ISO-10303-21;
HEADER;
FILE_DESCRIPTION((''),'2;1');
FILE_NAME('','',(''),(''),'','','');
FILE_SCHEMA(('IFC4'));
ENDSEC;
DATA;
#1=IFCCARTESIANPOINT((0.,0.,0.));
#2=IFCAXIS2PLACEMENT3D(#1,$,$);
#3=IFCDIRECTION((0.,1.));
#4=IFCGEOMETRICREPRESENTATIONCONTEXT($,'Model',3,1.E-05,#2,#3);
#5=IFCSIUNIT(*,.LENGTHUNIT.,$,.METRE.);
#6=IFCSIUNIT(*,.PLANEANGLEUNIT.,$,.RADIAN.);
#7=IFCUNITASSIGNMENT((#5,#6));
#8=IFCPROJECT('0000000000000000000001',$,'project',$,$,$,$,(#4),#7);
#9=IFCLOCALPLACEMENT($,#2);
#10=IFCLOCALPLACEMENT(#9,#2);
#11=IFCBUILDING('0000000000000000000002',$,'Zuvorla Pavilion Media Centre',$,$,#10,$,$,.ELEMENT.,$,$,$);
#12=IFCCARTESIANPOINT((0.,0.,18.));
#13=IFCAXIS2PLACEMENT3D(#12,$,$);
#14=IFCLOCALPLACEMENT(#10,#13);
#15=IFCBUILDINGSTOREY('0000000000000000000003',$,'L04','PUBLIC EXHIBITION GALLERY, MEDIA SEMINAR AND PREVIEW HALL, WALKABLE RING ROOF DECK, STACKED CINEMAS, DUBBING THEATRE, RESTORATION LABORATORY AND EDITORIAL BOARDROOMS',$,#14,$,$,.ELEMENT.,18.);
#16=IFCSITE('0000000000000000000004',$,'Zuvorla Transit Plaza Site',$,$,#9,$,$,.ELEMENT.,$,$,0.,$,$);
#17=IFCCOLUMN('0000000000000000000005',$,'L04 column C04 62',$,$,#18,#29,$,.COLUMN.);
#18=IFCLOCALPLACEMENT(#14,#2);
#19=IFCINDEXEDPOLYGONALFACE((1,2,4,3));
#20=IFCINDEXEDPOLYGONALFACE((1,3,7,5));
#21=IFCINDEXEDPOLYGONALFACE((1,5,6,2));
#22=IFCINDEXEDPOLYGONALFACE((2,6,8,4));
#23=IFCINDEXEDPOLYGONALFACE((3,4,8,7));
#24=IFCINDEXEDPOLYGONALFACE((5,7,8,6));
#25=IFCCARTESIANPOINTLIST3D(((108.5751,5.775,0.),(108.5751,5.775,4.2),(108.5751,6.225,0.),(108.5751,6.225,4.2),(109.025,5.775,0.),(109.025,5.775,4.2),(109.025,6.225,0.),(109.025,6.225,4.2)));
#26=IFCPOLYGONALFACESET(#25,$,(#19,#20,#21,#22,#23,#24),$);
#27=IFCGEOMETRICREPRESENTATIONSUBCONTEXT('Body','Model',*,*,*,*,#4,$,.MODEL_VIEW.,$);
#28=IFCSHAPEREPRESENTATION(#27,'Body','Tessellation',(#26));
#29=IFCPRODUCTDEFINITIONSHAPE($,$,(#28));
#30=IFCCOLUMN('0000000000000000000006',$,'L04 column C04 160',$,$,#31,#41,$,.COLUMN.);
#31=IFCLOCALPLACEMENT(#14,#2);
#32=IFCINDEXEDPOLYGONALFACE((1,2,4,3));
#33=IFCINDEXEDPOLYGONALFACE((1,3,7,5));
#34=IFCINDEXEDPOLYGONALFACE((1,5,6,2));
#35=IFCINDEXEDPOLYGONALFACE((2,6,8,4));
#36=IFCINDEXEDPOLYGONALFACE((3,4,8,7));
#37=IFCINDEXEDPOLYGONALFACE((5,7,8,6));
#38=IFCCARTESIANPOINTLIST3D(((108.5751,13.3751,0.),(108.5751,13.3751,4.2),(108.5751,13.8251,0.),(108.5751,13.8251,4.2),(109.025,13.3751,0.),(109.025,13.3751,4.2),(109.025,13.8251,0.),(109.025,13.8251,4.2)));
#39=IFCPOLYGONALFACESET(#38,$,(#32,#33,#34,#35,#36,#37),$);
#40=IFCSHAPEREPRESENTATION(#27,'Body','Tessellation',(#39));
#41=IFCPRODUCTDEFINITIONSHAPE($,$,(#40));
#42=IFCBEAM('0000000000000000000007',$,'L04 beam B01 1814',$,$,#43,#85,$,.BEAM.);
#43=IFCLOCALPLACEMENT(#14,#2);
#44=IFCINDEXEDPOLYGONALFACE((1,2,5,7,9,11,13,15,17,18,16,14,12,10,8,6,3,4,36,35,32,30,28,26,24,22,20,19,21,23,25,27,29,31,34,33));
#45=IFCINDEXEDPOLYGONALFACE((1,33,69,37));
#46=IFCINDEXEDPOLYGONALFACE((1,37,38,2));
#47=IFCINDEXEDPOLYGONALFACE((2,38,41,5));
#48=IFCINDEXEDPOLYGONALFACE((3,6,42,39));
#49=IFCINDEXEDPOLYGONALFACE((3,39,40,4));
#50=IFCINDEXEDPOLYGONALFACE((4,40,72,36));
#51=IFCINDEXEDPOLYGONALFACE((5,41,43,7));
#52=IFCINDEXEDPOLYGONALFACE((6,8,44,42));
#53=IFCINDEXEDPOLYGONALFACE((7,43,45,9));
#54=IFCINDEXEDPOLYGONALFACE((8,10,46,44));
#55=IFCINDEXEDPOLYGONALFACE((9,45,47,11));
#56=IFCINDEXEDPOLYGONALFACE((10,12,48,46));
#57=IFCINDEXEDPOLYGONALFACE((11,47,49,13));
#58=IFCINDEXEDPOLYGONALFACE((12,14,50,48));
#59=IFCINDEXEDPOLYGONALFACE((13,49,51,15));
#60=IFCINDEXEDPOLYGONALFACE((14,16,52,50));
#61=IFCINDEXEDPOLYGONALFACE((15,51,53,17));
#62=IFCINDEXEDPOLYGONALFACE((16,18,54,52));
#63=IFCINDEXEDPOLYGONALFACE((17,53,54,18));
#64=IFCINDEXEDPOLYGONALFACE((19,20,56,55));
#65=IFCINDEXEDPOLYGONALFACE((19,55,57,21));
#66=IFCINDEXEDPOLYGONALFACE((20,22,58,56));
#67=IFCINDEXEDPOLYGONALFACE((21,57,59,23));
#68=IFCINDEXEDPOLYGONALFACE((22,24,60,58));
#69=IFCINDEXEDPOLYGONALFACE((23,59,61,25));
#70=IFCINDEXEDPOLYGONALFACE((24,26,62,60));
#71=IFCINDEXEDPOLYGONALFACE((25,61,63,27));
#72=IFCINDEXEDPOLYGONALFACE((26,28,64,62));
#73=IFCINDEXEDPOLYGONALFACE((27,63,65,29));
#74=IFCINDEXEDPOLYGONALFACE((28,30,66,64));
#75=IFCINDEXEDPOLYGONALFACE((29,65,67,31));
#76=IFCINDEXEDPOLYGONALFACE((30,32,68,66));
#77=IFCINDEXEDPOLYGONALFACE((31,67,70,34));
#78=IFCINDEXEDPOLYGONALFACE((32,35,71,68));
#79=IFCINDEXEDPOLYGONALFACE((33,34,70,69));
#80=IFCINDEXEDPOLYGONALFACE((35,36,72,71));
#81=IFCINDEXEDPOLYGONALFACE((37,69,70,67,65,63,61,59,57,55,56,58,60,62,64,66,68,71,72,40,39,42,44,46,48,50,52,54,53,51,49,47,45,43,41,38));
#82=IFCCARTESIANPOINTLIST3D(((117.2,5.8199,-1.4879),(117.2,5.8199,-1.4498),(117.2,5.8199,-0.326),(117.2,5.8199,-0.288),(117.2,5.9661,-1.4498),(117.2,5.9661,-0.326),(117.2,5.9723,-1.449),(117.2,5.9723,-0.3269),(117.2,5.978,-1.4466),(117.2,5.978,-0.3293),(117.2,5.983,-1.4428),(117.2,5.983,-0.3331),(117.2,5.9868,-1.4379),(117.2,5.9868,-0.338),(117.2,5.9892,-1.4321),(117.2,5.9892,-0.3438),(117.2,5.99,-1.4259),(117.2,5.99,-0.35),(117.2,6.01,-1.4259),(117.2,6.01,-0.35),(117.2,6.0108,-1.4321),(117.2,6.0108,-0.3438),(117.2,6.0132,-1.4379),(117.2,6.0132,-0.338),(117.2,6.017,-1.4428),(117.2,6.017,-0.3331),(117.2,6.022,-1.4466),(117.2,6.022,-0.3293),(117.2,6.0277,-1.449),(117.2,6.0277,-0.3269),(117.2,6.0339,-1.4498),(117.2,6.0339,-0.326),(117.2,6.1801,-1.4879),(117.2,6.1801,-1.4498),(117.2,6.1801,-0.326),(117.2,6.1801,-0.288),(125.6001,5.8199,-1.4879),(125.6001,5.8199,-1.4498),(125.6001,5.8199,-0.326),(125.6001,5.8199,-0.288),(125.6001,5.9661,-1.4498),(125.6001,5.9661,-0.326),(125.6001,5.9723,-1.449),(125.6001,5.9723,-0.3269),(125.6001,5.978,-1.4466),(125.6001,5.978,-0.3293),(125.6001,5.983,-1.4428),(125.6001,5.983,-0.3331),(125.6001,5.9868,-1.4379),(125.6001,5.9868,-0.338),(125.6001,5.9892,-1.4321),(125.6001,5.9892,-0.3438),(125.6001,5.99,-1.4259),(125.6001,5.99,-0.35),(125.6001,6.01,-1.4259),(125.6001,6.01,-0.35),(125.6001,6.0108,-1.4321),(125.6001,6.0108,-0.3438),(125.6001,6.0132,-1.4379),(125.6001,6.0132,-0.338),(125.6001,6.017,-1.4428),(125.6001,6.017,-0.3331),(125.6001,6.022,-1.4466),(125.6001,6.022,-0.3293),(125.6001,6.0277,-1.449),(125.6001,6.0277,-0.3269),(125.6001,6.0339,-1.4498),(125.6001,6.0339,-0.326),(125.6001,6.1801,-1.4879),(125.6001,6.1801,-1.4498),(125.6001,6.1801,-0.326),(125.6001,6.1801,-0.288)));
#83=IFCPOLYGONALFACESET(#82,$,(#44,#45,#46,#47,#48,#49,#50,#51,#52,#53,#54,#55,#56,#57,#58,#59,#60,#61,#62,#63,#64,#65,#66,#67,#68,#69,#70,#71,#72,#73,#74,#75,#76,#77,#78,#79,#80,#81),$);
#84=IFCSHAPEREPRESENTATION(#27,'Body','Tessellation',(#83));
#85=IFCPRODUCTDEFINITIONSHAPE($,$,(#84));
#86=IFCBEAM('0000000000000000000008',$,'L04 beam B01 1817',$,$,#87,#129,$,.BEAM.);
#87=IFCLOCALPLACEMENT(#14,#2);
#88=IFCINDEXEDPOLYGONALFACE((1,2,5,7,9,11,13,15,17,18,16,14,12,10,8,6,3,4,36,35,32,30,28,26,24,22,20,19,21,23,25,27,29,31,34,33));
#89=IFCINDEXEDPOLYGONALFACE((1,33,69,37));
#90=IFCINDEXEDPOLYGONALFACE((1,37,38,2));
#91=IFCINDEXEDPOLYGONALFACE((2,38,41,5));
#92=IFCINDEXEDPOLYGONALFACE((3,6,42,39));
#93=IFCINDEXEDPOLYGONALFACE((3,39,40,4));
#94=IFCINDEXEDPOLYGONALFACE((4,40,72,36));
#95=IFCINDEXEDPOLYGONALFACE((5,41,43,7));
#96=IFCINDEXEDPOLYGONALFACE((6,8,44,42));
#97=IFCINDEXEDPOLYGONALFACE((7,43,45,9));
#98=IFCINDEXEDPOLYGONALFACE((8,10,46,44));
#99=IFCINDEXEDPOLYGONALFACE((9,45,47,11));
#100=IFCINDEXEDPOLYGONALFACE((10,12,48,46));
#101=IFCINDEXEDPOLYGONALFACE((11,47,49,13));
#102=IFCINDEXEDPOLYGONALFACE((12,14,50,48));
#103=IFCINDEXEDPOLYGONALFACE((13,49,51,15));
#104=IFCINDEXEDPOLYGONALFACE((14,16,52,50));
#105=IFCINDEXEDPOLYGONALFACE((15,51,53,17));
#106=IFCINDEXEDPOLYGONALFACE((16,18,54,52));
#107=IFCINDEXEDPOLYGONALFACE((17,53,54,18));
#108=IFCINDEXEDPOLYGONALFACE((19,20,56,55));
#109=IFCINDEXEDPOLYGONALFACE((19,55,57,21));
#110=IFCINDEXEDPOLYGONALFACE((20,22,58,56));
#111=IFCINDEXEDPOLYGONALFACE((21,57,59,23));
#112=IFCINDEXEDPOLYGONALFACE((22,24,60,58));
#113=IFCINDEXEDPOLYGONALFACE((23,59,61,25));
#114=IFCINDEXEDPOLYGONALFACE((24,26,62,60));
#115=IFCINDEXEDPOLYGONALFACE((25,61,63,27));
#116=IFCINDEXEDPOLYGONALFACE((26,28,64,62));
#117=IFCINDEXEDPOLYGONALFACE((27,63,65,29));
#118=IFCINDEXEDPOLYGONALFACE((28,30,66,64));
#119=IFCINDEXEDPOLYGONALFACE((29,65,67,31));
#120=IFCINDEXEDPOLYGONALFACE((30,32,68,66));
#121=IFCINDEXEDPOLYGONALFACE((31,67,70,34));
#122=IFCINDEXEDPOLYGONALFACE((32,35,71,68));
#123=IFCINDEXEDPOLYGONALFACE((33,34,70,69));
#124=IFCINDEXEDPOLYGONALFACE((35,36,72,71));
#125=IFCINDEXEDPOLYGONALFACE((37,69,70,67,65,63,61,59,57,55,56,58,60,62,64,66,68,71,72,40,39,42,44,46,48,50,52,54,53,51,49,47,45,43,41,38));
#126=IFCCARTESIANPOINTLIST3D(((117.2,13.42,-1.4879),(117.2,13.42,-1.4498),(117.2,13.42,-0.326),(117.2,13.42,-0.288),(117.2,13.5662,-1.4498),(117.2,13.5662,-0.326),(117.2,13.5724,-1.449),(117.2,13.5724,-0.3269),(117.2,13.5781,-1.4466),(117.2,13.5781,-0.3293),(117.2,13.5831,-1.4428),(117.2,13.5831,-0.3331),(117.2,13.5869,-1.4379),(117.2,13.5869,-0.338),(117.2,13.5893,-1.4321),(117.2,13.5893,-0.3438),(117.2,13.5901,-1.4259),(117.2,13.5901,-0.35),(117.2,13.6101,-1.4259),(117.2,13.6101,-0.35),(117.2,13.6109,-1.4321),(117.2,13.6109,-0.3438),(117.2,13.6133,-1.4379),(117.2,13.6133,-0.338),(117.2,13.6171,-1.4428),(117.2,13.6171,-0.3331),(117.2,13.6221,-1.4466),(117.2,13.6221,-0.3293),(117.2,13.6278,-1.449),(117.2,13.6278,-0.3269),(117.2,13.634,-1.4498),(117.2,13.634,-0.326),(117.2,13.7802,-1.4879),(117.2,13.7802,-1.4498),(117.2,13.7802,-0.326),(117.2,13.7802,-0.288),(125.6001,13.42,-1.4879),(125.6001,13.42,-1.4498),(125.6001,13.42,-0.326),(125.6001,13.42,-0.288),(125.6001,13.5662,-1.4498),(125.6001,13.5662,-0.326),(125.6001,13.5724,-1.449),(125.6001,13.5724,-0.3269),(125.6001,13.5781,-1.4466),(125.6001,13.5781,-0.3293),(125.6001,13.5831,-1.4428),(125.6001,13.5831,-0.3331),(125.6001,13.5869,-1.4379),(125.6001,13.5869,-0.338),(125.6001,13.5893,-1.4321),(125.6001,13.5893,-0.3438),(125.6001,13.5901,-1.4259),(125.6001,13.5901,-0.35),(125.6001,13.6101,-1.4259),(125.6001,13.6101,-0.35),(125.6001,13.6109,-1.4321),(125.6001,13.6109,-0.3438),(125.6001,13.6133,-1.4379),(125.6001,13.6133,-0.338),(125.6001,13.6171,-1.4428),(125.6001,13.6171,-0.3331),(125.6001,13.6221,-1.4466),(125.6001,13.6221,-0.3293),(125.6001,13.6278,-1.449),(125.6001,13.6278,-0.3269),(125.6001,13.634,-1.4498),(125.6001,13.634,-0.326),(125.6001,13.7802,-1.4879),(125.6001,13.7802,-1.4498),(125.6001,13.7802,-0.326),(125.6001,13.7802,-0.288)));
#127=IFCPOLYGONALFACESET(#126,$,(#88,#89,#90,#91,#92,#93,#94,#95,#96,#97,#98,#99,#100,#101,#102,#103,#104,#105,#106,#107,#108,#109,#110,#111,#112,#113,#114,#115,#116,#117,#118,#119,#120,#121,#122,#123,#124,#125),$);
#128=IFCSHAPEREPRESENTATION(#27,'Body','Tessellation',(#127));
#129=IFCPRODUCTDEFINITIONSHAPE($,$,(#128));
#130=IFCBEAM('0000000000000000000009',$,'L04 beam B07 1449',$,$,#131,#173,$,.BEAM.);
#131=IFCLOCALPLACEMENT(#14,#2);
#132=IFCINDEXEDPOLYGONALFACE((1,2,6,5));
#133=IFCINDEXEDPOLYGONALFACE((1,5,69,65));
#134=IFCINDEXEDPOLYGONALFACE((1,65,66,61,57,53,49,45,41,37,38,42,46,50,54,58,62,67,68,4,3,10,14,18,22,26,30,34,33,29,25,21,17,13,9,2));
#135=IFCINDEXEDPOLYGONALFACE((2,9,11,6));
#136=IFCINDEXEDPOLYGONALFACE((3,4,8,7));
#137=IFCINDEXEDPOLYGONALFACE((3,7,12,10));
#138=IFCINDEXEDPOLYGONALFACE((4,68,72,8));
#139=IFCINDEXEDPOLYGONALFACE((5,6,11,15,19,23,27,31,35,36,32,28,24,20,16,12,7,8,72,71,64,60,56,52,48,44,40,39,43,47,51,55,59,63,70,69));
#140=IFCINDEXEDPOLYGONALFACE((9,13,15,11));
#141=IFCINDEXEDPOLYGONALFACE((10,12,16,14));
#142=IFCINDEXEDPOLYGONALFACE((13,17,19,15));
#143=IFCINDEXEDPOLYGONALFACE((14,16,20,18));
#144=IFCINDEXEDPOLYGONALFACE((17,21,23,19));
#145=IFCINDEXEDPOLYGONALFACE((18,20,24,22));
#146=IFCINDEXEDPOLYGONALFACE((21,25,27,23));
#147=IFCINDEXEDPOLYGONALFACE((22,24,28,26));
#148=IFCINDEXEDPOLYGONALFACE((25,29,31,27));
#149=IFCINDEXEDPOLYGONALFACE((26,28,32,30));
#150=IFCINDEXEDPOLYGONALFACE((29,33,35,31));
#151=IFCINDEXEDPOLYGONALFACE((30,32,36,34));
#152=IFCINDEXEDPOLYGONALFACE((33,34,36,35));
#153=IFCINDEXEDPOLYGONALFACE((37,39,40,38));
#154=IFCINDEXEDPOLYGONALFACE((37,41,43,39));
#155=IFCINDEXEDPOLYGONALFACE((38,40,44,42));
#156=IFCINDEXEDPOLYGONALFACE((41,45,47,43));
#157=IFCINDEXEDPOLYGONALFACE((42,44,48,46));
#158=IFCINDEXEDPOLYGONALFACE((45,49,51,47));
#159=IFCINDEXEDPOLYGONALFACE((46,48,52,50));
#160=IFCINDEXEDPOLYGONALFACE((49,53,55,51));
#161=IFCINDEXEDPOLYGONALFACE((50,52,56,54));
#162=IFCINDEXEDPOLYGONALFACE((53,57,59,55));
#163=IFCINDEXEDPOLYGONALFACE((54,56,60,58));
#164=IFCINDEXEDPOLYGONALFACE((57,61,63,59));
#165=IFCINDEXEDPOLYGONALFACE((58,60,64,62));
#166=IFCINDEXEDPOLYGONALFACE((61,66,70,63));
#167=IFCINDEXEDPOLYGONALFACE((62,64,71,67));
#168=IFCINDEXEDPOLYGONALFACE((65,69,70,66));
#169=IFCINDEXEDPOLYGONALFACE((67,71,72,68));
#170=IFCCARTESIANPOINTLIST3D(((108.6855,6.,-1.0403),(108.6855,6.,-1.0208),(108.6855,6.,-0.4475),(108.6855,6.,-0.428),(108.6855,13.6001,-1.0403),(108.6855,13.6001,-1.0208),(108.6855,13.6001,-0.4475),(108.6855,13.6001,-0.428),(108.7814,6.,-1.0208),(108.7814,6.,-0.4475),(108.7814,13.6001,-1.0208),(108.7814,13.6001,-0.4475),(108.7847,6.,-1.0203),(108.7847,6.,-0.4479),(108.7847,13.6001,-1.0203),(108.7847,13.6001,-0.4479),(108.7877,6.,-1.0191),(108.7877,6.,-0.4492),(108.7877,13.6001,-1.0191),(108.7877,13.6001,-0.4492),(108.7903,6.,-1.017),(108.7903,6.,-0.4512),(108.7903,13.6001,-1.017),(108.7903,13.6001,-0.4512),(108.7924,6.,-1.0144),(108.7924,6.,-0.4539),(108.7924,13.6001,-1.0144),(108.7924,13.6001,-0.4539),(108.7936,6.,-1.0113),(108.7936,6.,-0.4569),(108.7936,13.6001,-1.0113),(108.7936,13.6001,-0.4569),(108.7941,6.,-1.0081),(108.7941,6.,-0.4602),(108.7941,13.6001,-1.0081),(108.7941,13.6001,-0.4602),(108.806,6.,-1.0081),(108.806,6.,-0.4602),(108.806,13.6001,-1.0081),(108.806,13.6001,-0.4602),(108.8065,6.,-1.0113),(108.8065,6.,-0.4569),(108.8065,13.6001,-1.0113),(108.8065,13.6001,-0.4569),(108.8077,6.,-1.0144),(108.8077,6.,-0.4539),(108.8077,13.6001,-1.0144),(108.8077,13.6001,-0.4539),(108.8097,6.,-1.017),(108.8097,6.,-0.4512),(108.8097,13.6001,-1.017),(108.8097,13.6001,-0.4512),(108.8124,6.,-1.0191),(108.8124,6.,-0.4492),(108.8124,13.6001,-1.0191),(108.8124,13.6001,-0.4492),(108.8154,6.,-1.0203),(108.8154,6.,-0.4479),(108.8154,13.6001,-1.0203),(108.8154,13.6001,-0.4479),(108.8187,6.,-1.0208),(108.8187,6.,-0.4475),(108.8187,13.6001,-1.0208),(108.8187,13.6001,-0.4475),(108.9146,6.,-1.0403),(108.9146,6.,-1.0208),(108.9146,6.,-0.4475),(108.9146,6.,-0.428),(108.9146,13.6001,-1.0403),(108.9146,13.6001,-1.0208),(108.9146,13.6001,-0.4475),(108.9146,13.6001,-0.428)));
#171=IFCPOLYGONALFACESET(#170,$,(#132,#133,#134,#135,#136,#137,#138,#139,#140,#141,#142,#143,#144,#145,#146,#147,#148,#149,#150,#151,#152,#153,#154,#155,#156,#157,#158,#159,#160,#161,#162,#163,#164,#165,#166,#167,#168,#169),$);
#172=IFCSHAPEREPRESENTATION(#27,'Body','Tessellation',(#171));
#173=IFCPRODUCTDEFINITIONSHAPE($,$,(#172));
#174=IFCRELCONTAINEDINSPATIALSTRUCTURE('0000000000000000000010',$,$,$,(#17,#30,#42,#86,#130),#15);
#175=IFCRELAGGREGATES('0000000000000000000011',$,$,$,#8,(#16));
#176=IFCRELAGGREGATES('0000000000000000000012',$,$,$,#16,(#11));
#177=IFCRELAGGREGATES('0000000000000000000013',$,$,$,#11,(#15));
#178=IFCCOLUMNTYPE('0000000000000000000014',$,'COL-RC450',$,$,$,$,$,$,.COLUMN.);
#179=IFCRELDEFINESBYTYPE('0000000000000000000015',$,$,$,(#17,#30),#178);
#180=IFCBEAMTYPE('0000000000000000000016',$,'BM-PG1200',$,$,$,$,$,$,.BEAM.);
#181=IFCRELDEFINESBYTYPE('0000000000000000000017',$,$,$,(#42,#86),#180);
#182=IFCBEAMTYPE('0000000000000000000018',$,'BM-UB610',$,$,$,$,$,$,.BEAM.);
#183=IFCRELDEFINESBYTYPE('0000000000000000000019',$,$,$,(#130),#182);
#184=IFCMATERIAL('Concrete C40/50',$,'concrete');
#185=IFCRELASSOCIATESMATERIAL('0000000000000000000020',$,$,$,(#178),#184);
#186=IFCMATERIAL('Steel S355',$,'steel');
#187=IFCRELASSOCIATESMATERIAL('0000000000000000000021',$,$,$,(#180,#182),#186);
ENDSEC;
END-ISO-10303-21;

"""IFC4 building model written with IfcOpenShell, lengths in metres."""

from ifc_helpers import new_model, si_unit, direction, frame, origin, origin_2d, place, context, subcontext, project, spatial, rectangle, i_section, extrude, material, material_profile, profile_set, type_object, element, save


model = new_model("IFC4")

# Units and contexts
model_context = context("Model", 3, precision=1e-05, world=origin(), true_north=direction((0.0, 1.0)))
body_context = subcontext(model_context, "Body", "Model", "MODEL_VIEW")
ifc_project = project(units=[si_unit("LENGTHUNIT", "METRE"), si_unit("PLANEANGLEUNIT", "RADIAN")], contexts=[model_context])

# Site, building, storey
site_placement = place(None, origin())
site = spatial("IfcSite", under=ifc_project, at=site_placement, Name="Zuvorla Transit Plaza Site", CompositionType="ELEMENT", RefElevation=0.0)
building_placement = place(site_placement, origin())
building = spatial("IfcBuilding", under=site, at=building_placement, Name="Zuvorla Pavilion Media Centre", CompositionType="ELEMENT")
storey_placement = place(building_placement, frame((0.0, 0.0, 18.0)))
storey = spatial("IfcBuildingStorey", under=building, at=storey_placement, Name="L04", Description="PUBLIC EXHIBITION GALLERY, MEDIA SEMINAR AND PREVIEW HALL, WALKABLE RING ROOF DECK, STACKED CINEMAS, DUBBING THEATRE, RESTORATION LABORATORY AND EDITORIAL BOARDROOMS", CompositionType="ELEMENT", Elevation=18.0)

# Columns
ifc_material_1 = material(Name="Concrete C40/50", Category="concrete")
ifc_material_profile_1 = material_profile(ifc_material_1, rectangle(XDim=0.45, YDim=0.45, at=origin_2d()), Name="RC 450x450")
ifc_profile_set_1 = profile_set([ifc_material_profile_1], Name="Concrete C40/50")
column_type = type_object("IfcColumnType", Name="COL-RC450", PredefinedType="COLUMN", material=ifc_profile_set_1)
for number, where, z_axis, x_axis, name in (
    (1, (108.8, 6.0, 0.0), (0.0, 0.0, 1.0), (1.0, 0.0, 0.0), "L04 column C04 62"),
    (2, (108.8, 13.6001, 0.0), (0.0, 0.0, 1.0), (1.0, 0.0, 0.0), "L04 column C04 160"),
):
    element("IfcColumn", number, at=place(storey_placement, frame(where, z_axis=z_axis, x_axis=x_axis)), inside=storey, type_object=column_type, Name=name, PredefinedType="COLUMN", context=body_context, shape_type="SweptSolid", body=[
        extrude(rectangle(XDim=0.45, YDim=0.45, at=origin_2d()), origin(), (0.0, 0.0, 1.0), 4.2),
    ])

# Beams
ifc_material_2 = material(Name="Steel S355", Category="steel")
ifc_material_profile_2 = material_profile(ifc_material_2, i_section(OverallWidth=0.3601, OverallDepth=1.2, WebThickness=0.02, FlangeThickness=0.0381, FilletRadius=0.0239, at=origin_2d()), Name="PG 1200x360x38")
ifc_profile_set_2 = profile_set([ifc_material_profile_2], Name="Steel S355")
beam_type_1 = type_object("IfcBeamType", Name="BM-PG1200", PredefinedType="BEAM", material=ifc_profile_set_2)
for number, where, z_axis, x_axis, name in (
    (3, (117.2, 6.0, -0.8879), (1.0, 0.0, 0.0), (0.0, 1.0, 0.0), "L04 beam B01 1814"),
    (4, (117.2, 13.6001, -0.8879), (1.0, 0.0, 0.0), (0.0, 1.0, 0.0), "L04 beam B01 1817"),
):
    element("IfcBeam", number, at=place(storey_placement, frame(where, z_axis=z_axis, x_axis=x_axis)), inside=storey, type_object=beam_type_1, Name=name, PredefinedType="BEAM", context=body_context, shape_type="SweptSolid", body=[
        extrude(i_section(OverallWidth=0.3601, OverallDepth=1.2, WebThickness=0.02, FlangeThickness=0.0381, FilletRadius=0.0239, at=origin_2d()), origin(), (0.0, 0.0, 1.0), 8.4001),
    ])
ifc_material_profile_3 = material_profile(ifc_material_2, i_section(OverallWidth=0.229, OverallDepth=0.6123, WebThickness=0.012, FlangeThickness=0.0195, FilletRadius=0.0127, at=origin_2d()), Name="UB 610x229x125")
ifc_profile_set_3 = profile_set([ifc_material_profile_3], Name="Steel S355")
beam_type_2 = type_object("IfcBeamType", Name="BM-UB610", PredefinedType="BEAM", material=ifc_profile_set_3)
beam_1_placement = place(storey_placement, frame((108.8, 6.0, -0.7341), z_axis=(0.0, 1.0, 0.0), x_axis=(-1.0, 0.0, 0.0)))
element("IfcBeam", 5, at=beam_1_placement, inside=storey, type_object=beam_type_2, Name="L04 beam B07 1449", PredefinedType="BEAM", context=body_context, shape_type="SweptSolid", body=[
    extrude(i_section(OverallWidth=0.229, OverallDepth=0.6123, WebThickness=0.012, FlangeThickness=0.0195, FilletRadius=0.0127, at=origin_2d()), origin(), (0.0, 0.0, 1.0), 7.6001),
])

save(model, "model.ifc")
